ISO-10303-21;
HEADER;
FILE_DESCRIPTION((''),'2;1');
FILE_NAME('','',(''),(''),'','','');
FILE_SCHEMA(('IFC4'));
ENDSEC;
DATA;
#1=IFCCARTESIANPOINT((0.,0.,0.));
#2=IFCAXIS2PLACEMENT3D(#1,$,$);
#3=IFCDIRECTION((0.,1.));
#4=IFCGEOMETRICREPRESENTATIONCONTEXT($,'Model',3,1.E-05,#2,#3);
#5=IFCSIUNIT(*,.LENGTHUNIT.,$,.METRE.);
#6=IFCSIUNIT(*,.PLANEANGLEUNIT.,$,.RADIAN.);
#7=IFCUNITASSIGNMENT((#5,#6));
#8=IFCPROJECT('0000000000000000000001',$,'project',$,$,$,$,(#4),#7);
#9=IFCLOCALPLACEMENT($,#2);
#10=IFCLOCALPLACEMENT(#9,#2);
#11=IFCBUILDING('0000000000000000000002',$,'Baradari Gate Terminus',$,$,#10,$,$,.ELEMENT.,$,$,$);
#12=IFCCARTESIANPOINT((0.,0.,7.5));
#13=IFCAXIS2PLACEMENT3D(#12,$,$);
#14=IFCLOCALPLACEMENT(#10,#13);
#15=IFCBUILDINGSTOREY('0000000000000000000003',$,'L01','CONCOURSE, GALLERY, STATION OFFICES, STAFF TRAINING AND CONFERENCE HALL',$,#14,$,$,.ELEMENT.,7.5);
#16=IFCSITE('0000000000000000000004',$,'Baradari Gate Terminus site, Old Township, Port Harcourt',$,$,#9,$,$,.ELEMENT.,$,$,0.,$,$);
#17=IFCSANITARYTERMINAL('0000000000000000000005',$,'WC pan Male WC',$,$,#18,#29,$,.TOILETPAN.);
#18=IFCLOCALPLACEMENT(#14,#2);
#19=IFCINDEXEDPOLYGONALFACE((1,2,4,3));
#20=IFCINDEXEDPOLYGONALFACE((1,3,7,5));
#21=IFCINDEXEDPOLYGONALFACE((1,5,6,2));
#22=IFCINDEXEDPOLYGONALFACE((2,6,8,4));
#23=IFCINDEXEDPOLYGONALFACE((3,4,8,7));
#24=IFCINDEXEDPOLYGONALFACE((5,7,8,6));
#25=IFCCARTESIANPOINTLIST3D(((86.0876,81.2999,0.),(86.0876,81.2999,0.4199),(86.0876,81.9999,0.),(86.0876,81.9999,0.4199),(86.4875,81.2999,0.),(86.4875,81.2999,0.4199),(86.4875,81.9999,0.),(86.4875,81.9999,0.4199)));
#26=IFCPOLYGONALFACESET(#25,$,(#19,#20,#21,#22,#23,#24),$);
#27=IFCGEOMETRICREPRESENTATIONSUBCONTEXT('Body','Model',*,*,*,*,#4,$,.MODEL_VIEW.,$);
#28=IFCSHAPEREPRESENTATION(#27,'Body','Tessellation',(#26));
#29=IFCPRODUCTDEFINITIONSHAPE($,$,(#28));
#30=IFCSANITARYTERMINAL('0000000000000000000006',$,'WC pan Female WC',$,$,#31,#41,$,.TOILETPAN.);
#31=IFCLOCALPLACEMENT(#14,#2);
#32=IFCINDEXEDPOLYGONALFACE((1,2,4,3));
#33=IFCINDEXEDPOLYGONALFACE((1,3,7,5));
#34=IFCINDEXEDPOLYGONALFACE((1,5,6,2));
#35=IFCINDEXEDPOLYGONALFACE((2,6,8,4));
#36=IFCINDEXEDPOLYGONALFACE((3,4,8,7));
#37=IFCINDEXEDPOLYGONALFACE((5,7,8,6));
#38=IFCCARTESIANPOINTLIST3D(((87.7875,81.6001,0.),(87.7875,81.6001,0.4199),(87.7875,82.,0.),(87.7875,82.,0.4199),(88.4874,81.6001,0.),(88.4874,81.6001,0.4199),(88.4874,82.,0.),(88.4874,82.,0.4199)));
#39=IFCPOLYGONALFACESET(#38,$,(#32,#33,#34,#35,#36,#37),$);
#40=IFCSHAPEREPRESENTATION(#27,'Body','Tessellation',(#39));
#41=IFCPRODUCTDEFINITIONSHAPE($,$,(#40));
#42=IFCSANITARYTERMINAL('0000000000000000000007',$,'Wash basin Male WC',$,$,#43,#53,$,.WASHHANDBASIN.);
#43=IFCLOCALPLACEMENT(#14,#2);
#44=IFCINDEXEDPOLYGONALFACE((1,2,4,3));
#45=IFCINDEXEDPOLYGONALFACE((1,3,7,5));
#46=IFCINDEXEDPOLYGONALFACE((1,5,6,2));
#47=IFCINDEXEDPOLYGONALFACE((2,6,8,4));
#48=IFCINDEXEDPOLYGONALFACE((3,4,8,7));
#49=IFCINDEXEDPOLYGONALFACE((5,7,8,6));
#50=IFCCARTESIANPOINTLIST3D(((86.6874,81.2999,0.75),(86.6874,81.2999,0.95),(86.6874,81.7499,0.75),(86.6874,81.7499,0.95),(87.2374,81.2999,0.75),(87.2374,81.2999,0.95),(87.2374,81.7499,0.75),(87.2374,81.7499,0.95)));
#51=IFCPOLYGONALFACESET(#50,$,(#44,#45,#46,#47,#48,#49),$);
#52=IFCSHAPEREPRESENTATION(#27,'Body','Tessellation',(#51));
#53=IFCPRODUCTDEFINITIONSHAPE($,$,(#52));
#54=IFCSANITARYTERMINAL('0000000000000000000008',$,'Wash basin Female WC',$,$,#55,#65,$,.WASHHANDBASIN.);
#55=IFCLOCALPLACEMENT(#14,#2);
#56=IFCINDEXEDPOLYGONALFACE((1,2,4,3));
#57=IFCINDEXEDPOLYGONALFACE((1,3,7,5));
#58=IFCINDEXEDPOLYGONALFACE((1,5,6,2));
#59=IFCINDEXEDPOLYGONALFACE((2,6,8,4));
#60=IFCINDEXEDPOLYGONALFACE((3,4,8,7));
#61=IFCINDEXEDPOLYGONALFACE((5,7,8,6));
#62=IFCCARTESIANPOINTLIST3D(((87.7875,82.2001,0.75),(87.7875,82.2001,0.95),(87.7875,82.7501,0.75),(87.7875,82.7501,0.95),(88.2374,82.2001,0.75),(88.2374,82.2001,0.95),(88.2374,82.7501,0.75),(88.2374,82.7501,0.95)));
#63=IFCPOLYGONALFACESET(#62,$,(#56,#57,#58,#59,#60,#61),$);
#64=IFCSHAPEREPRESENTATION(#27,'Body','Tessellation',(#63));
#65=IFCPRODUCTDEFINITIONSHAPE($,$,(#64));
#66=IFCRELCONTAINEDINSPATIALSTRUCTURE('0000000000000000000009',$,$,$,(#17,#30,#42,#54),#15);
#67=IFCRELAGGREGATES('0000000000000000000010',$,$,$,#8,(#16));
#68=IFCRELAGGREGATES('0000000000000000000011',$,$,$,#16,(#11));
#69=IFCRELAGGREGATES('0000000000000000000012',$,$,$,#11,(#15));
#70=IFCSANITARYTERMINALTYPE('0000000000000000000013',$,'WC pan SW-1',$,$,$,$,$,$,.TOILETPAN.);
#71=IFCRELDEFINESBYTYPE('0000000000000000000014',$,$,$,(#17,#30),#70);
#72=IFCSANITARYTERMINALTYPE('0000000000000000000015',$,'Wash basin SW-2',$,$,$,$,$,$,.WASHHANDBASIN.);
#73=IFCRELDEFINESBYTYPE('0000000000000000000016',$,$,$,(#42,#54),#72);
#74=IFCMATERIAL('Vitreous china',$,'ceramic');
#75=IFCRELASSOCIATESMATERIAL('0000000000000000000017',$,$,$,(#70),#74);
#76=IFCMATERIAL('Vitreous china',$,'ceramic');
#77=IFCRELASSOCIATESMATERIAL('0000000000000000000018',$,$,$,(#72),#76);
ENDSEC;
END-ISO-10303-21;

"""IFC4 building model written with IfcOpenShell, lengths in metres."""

from ifc_helpers import new_model, si_unit, direction, frame, origin, origin_2d, place, context, subcontext, project, spatial, rectangle, extrude, material, type_object, element, save


model = new_model("IFC4")

# Units and contexts
model_context = context("Model", 3, precision=1e-05, world=origin(), true_north=direction((0.0, 1.0)))
body_context = subcontext(model_context, "Body", "Model", "MODEL_VIEW")
ifc_project = project(units=[si_unit("LENGTHUNIT", "METRE"), si_unit("PLANEANGLEUNIT", "RADIAN")], contexts=[model_context])

# Site, building, storey
site_placement = place(None, origin())
site = spatial("IfcSite", under=ifc_project, at=site_placement, Name="Baradari Gate Terminus site, Old Township, Port Harcourt", CompositionType="ELEMENT", RefElevation=0.0)
building_placement = place(site_placement, origin())
building = spatial("IfcBuilding", under=site, at=building_placement, Name="Baradari Gate Terminus", CompositionType="ELEMENT")
storey_placement = place(building_placement, frame((0.0, 0.0, 7.5)))
storey = spatial("IfcBuildingStorey", under=building, at=storey_placement, Name="L01", Description="CONCOURSE, GALLERY, STATION OFFICES, STAFF TRAINING AND CONFERENCE HALL", CompositionType="ELEMENT", Elevation=7.5)

# Sanitary terminals
ifc_material_1 = material(Name="Vitreous china", Category="ceramic")
sanitary_terminal_type_1 = type_object("IfcSanitaryTerminalType", Name="WC pan SW-1", PredefinedType="TOILETPAN", material=ifc_material_1)
sanitary_terminal_1_placement = place(storey_placement, frame((86.2876, 81.6499, 0.0), z_axis=(0.0, 0.0, 1.0), x_axis=(1.0, 0.0, 0.0)))
element("IfcSanitaryTerminal", 1, at=sanitary_terminal_1_placement, inside=storey, type_object=sanitary_terminal_type_1, Name="WC pan Male WC", PredefinedType="TOILETPAN", context=body_context, shape_type="SweptSolid", body=[
    extrude(rectangle(XDim=0.3999, YDim=0.7, at=origin_2d()), origin(), (0.0, 0.0, 1.0), 0.4199),
])
sanitary_terminal_2_placement = place(storey_placement, frame((88.1375, 81.8, 0.0), z_axis=(0.0, 0.0, 1.0), x_axis=(1.0, 0.0, 0.0)))
element("IfcSanitaryTerminal", 2, at=sanitary_terminal_2_placement, inside=storey, type_object=sanitary_terminal_type_1, Name="WC pan Female WC", PredefinedType="TOILETPAN", context=body_context, shape_type="SweptSolid", body=[
    extrude(rectangle(XDim=0.7, YDim=0.3999, at=origin_2d()), origin(), (0.0, 0.0, 1.0), 0.4199),
])
ifc_material_2 = material(Name="Vitreous china", Category="ceramic")
sanitary_terminal_type_2 = type_object("IfcSanitaryTerminalType", Name="Wash basin SW-2", PredefinedType="WASHHANDBASIN", material=ifc_material_2)
sanitary_terminal_3_placement = place(storey_placement, frame((86.9624, 81.5249, 0.75), z_axis=(0.0, 0.0, 1.0), x_axis=(1.0, 0.0, 0.0)))
element("IfcSanitaryTerminal", 3, at=sanitary_terminal_3_placement, inside=storey, type_object=sanitary_terminal_type_2, Name="Wash basin Male WC", PredefinedType="WASHHANDBASIN", context=body_context, shape_type="SweptSolid", body=[
    extrude(rectangle(XDim=0.55, YDim=0.45, at=origin_2d()), origin(), (0.0, 0.0, 1.0), 0.2),
])
sanitary_terminal_4_placement = place(storey_placement, frame((88.0125, 82.4751, 0.75), z_axis=(0.0, 0.0, 1.0), x_axis=(1.0, 0.0, 0.0)))
element("IfcSanitaryTerminal", 4, at=sanitary_terminal_4_placement, inside=storey, type_object=sanitary_terminal_type_2, Name="Wash basin Female WC", PredefinedType="WASHHANDBASIN", context=body_context, shape_type="SweptSolid", body=[
    extrude(rectangle(XDim=0.45, YDim=0.55, at=origin_2d()), origin(), (0.0, 0.0, 1.0), 0.2),
])

save(model, "model.ifc")
